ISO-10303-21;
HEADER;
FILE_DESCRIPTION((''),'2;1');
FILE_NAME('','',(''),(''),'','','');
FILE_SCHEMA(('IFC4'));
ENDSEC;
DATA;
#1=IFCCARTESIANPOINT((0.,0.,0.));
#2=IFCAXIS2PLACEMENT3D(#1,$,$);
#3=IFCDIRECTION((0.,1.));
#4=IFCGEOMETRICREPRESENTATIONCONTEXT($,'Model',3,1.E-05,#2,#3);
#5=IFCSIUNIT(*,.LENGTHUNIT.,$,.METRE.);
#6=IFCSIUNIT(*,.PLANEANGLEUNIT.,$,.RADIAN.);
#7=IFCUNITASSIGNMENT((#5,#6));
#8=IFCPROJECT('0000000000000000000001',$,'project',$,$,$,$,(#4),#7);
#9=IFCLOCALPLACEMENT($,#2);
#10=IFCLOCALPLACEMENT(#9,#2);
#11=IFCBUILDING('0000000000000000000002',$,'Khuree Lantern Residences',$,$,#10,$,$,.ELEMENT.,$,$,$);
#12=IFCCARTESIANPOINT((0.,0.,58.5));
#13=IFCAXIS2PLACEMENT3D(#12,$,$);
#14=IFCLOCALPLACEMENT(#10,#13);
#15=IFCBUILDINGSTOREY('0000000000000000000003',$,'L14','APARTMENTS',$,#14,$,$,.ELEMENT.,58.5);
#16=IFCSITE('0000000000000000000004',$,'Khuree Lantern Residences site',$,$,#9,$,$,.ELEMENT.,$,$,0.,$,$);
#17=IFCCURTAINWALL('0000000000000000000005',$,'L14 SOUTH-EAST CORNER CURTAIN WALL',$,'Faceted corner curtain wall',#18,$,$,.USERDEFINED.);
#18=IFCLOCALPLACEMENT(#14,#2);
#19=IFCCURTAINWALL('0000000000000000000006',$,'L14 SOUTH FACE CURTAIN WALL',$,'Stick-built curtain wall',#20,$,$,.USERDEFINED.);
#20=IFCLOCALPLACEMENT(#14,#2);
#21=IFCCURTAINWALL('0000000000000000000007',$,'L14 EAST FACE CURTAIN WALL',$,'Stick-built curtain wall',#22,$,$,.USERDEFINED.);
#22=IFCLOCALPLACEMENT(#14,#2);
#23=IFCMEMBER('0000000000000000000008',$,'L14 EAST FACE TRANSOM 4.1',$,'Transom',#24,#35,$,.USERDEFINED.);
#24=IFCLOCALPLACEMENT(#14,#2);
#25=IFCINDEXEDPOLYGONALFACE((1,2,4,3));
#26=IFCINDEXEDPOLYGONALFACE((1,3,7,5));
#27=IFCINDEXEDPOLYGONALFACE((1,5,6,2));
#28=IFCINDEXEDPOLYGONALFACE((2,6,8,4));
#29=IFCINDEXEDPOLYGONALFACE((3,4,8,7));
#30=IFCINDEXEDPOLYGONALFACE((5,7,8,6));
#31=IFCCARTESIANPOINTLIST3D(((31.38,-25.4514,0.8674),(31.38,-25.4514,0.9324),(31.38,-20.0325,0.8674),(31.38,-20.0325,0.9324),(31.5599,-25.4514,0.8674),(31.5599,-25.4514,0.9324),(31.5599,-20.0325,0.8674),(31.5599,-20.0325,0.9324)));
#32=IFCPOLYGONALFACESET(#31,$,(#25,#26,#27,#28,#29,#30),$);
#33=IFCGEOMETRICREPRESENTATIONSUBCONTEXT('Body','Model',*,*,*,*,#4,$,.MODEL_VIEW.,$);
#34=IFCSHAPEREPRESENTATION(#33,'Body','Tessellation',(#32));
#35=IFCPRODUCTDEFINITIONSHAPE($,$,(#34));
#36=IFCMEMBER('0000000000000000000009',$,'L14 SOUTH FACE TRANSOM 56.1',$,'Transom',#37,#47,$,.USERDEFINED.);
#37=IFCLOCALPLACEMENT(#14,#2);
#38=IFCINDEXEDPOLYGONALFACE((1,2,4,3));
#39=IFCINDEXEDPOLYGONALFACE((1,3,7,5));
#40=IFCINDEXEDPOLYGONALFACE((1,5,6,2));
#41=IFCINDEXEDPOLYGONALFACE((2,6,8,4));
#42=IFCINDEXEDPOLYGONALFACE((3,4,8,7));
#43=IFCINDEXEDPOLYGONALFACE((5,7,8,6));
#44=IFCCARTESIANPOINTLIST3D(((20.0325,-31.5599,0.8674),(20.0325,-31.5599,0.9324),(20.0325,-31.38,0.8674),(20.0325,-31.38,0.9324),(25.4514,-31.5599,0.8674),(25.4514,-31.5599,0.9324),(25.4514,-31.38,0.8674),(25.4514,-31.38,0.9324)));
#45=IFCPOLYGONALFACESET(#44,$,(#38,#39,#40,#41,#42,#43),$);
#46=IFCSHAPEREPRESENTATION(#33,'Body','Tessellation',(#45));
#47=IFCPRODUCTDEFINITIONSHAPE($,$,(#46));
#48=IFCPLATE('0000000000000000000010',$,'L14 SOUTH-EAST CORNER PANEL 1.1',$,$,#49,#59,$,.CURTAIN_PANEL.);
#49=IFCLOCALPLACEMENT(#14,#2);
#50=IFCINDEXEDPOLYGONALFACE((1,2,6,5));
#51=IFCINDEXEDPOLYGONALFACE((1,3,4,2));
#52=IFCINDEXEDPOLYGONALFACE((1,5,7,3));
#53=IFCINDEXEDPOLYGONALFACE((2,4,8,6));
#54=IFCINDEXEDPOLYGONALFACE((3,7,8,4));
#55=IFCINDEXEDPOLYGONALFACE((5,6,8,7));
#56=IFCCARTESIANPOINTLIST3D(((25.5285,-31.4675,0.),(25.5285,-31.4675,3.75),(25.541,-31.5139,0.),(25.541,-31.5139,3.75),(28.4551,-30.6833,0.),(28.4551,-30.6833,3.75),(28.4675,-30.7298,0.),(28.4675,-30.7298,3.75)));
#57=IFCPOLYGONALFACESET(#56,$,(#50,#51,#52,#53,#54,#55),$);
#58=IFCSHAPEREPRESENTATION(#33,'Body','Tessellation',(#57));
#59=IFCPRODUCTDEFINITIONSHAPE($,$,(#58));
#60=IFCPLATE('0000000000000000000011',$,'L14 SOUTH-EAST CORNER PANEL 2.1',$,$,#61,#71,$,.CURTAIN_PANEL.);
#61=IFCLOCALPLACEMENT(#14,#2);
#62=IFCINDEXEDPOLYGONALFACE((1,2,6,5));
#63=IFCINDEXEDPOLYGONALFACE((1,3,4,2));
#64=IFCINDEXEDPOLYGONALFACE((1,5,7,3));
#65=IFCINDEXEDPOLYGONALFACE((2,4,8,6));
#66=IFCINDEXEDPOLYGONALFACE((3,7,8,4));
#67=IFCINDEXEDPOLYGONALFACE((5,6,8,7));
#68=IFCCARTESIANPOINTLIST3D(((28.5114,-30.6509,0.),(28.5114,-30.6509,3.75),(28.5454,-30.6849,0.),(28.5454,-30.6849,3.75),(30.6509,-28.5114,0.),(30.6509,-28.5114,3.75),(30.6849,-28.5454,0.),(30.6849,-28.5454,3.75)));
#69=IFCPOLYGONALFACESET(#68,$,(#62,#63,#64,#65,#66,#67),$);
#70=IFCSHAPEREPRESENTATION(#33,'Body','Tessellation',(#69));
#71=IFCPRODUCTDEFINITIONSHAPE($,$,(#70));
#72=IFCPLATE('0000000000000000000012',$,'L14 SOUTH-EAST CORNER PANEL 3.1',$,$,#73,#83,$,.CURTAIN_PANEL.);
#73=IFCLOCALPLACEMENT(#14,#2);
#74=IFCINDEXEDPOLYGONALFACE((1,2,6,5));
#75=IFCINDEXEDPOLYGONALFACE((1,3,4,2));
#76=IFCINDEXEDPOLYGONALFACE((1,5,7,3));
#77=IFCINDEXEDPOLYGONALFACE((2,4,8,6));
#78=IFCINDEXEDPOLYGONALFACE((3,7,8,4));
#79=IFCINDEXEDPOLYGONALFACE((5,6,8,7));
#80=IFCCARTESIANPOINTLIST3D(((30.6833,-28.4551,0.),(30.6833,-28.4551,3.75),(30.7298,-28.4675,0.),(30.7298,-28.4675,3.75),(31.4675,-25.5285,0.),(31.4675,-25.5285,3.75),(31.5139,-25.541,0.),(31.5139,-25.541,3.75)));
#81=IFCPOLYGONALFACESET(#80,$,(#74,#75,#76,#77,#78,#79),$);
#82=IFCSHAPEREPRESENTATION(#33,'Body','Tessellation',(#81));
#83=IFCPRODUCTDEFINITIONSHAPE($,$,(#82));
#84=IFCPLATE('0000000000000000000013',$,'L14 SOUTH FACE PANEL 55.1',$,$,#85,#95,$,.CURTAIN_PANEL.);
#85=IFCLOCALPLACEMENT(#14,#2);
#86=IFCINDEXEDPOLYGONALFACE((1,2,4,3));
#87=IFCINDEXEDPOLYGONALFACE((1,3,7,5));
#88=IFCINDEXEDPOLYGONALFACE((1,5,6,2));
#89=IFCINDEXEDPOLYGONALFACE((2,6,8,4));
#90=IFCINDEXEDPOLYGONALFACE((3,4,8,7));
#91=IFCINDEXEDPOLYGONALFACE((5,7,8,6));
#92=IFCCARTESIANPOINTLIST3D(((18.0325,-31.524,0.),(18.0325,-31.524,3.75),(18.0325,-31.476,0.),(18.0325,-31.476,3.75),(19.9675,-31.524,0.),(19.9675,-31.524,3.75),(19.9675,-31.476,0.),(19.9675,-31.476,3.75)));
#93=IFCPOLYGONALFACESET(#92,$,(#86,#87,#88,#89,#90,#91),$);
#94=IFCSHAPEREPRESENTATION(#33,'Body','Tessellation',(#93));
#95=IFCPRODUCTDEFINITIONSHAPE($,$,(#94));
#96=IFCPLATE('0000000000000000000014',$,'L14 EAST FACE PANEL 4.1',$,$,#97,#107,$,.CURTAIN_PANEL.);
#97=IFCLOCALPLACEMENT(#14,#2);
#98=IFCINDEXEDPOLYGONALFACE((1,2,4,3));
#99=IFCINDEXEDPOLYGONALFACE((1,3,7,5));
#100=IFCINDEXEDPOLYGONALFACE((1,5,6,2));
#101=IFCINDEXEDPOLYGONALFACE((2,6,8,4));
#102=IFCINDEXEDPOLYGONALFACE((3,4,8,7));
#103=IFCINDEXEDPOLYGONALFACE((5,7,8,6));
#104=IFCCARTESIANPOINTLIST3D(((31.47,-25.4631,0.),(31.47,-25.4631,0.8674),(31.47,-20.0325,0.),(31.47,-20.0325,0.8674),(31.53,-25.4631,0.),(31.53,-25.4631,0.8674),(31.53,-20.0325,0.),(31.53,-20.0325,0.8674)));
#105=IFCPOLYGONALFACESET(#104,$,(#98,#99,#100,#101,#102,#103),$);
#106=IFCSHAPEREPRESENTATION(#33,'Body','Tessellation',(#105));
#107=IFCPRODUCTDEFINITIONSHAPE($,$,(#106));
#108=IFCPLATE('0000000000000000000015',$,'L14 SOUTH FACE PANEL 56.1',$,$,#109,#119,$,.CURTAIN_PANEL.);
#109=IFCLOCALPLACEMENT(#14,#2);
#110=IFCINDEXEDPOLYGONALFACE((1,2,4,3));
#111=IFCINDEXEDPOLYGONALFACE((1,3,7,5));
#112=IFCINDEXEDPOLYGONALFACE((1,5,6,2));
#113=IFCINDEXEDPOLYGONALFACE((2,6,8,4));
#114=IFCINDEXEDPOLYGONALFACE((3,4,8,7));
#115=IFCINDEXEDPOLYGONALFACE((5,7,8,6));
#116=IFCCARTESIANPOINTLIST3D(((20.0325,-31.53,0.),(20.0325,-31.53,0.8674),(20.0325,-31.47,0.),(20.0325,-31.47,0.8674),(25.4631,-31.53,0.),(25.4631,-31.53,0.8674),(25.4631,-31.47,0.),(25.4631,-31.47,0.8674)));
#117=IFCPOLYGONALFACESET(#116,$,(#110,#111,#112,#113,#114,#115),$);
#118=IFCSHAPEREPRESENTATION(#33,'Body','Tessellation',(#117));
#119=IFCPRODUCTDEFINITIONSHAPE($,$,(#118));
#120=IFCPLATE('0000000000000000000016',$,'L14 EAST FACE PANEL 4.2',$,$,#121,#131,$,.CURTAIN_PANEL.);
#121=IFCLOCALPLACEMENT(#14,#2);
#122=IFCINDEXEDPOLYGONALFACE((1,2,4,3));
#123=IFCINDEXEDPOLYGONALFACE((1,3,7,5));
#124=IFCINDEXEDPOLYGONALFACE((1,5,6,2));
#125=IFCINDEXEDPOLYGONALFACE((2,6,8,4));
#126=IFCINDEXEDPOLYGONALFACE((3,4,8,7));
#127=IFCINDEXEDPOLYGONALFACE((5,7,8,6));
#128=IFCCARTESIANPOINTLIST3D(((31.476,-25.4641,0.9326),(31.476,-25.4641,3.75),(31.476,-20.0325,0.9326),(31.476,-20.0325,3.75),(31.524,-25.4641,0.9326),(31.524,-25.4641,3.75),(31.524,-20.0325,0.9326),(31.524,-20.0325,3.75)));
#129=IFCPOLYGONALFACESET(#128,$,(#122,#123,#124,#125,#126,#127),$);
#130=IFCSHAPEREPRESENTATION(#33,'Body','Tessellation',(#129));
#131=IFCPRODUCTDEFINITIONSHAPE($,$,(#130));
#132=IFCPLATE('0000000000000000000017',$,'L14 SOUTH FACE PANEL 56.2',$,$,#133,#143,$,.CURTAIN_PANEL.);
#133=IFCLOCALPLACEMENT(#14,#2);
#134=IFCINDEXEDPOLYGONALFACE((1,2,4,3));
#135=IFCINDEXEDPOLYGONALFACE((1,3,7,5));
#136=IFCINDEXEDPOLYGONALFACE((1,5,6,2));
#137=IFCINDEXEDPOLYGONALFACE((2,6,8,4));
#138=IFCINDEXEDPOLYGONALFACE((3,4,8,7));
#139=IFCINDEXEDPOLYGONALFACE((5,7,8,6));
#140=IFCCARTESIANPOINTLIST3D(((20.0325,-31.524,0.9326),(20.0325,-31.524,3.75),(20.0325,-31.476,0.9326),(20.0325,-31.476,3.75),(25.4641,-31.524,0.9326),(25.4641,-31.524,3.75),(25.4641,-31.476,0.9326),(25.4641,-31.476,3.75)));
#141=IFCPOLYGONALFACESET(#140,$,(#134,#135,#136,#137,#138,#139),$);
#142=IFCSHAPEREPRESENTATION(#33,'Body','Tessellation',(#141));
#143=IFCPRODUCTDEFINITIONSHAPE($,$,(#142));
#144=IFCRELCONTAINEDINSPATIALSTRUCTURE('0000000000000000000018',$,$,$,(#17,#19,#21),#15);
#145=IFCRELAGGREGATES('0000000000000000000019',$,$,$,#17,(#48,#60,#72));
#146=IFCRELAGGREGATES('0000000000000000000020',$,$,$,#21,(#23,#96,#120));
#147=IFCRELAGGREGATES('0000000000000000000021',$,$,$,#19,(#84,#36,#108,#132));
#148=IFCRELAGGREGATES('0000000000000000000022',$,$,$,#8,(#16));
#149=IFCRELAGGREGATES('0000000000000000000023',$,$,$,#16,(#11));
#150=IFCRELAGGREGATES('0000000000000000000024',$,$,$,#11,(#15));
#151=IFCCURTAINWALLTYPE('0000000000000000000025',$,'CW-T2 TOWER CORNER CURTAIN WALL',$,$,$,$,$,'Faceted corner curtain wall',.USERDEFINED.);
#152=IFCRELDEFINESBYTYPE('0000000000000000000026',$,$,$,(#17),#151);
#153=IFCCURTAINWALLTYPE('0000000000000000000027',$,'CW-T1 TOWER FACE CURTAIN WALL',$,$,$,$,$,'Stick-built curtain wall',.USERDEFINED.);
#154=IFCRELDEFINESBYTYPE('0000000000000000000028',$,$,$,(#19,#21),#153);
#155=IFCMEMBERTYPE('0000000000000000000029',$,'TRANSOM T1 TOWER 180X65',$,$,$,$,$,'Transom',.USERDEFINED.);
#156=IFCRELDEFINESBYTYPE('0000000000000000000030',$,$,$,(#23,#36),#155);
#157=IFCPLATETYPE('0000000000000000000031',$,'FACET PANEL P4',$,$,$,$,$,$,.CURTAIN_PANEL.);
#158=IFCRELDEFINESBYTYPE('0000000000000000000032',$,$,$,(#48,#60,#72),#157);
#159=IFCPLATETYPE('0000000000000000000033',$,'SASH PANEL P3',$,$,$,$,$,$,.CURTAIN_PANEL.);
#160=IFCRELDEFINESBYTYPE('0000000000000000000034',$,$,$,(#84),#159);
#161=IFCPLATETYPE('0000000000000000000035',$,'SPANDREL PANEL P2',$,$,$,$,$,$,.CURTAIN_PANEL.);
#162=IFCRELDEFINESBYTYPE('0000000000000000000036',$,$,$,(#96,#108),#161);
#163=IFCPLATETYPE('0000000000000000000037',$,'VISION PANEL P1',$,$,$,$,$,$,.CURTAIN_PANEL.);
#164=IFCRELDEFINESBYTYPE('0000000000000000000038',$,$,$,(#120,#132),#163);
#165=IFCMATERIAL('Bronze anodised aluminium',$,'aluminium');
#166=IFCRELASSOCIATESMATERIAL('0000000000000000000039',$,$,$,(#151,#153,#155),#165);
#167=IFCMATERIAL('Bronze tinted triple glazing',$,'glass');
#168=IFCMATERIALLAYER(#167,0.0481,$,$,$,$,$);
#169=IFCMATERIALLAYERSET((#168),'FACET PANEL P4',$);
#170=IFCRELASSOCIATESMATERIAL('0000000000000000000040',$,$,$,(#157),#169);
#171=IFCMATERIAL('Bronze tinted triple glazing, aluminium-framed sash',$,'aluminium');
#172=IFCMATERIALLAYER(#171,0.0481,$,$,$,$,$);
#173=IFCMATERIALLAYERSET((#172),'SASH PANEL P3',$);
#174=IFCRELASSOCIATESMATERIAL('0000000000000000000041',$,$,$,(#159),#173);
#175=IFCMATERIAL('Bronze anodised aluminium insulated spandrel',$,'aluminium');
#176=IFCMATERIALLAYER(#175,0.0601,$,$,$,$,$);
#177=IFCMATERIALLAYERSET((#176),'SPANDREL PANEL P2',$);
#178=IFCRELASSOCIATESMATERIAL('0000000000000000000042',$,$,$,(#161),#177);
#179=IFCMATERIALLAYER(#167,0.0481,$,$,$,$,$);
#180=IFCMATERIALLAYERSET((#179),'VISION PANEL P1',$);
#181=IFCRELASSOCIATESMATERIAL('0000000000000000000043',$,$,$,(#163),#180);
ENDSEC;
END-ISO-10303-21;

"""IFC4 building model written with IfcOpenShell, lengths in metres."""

from ifc_helpers import new_model, si_unit, direction, frame, origin, origin_2d, place, context, subcontext, project, spatial, rectangle, extrude, material, layer, layer_set, material_profile, profile_set, type_object, element, aggregate, save


model = new_model("IFC4")

# Units and contexts
model_context = context("Model", 3, precision=1e-05, world=origin(), true_north=direction((0.0, 1.0)))
body_context = subcontext(model_context, "Body", "Model", "MODEL_VIEW")
ifc_project = project(units=[si_unit("LENGTHUNIT", "METRE"), si_unit("PLANEANGLEUNIT", "RADIAN")], contexts=[model_context])

# Site, building, storey
site_placement = place(None, origin())
site = spatial("IfcSite", under=ifc_project, at=site_placement, Name="Khuree Lantern Residences site", CompositionType="ELEMENT", RefElevation=0.0)
building_placement = place(site_placement, origin())
building = spatial("IfcBuilding", under=site, at=building_placement, Name="Khuree Lantern Residences", CompositionType="ELEMENT")
storey_placement = place(building_placement, frame((0.0, 0.0, 58.5)))
storey = spatial("IfcBuildingStorey", under=building, at=storey_placement, Name="L14", Description="APARTMENTS", CompositionType="ELEMENT", Elevation=58.5)

# Curtain walls
ifc_material_1 = material(Name="Bronze anodised aluminium", Category="aluminium")
curtain_wall_type_1 = type_object("IfcCurtainWallType", Name="CW-T2 TOWER CORNER CURTAIN WALL", ElementType="Faceted corner curtain wall", PredefinedType="USERDEFINED", material=ifc_material_1)
curtain_wall_1_placement = place(storey_placement, origin())
curtain_wall_1 = element("IfcCurtainWall", 1, at=curtain_wall_1_placement, inside=storey, type_object=curtain_wall_type_1, Name="L14 SOUTH-EAST CORNER CURTAIN WALL", ObjectType="Faceted corner curtain wall", PredefinedType="USERDEFINED")
curtain_wall_type_2 = type_object("IfcCurtainWallType", Name="CW-T1 TOWER FACE CURTAIN WALL", ElementType="Stick-built curtain wall", PredefinedType="USERDEFINED", material=ifc_material_1)
curtain_wall_2_placement = place(storey_placement, origin())
curtain_wall_2 = element("IfcCurtainWall", 2, at=curtain_wall_2_placement, inside=storey, type_object=curtain_wall_type_2, Name="L14 SOUTH FACE CURTAIN WALL", ObjectType="Stick-built curtain wall", PredefinedType="USERDEFINED")

# Curtain wall, member
curtain_wall_3_placement = place(storey_placement, origin())
curtain_wall_3 = element("IfcCurtainWall", 3, at=curtain_wall_3_placement, inside=storey, type_object=curtain_wall_type_2, Name="L14 EAST FACE CURTAIN WALL", ObjectType="Stick-built curtain wall", PredefinedType="USERDEFINED")
ifc_material_profile_1 = material_profile(ifc_material_1, rectangle(XDim=0.1799, YDim=0.0649, at=origin_2d()), Name="T1 180X65")
ifc_profile_set_1 = profile_set([ifc_material_profile_1], Name="Bronze anodised aluminium")
member_type_1 = type_object("IfcMemberType", Name="TRANSOM T1 TOWER 180X65", ElementType="Transom", PredefinedType="USERDEFINED", material=ifc_profile_set_1)
member_1_placement = place(storey_placement, frame((31.47, -25.4514, 0.8999), z_axis=(0.0, 1.0, 0.0), x_axis=(-1.0, 0.0, 0.0)))
member_1 = element("IfcMember", 4, at=member_1_placement, type_object=member_type_1, Name="L14 EAST FACE TRANSOM 4.1", ObjectType="Transom", PredefinedType="USERDEFINED", context=body_context, shape_type="SweptSolid", body=[
    extrude(rectangle(XDim=0.1799, YDim=0.0649, at=origin_2d()), origin(), (0.0, 0.0, 1.0), 5.4189),
])

# Member
member_2_placement = place(storey_placement, frame((20.0325, -31.47, 0.8999), z_axis=(1.0, 0.0, 0.0), x_axis=(0.0, 1.0, 0.0)))
member_2 = element("IfcMember", 5, at=member_2_placement, type_object=member_type_1, Name="L14 SOUTH FACE TRANSOM 56.1", ObjectType="Transom", PredefinedType="USERDEFINED", context=body_context, shape_type="SweptSolid", body=[
    extrude(rectangle(XDim=0.1799, YDim=0.0649, at=origin_2d()), origin(), (0.0, 0.0, 1.0), 5.4189),
])

# Plates
ifc_material_2 = material(Name="Bronze tinted triple glazing", Category="glass")
ifc_layer_1 = layer(ifc_material_2, 0.0481)
ifc_layer_set_1 = layer_set([ifc_layer_1], Name="FACET PANEL P4")
plate_type_1 = type_object("IfcPlateType", Name="FACET PANEL P4", PredefinedType="CURTAIN_PANEL", material=ifc_layer_set_1)
plate_1_placement = place(storey_placement, frame((26.998, -31.0986, 0.0), z_axis=(0.0, 0.0, 1.0), x_axis=(0.965926, 0.258819, 0.0)))
plate_1 = element("IfcPlate", 6, at=plate_1_placement, type_object=plate_type_1, Name="L14 SOUTH-EAST CORNER PANEL 1.1", PredefinedType="CURTAIN_PANEL", context=body_context, shape_type="SweptSolid", body=[
    extrude(rectangle(XDim=3.0298, YDim=0.0481, at=origin_2d()), origin(), (0.0, 0.0, 1.0), 3.75),
])
plate_2_placement = place(storey_placement, frame((29.5981, -29.5981, 0.0), z_axis=(0.0, 0.0, 1.0), x_axis=(0.707107, 0.707107, 0.0)))
plate_2 = element("IfcPlate", 7, at=plate_2_placement, type_object=plate_type_1, Name="L14 SOUTH-EAST CORNER PANEL 2.1", PredefinedType="CURTAIN_PANEL", context=body_context, shape_type="SweptSolid", body=[
    extrude(rectangle(XDim=3.0256, YDim=0.0481, at=origin_2d()), origin(), (0.0, 0.0, 1.0), 3.75),
])
plate_3_placement = place(storey_placement, frame((31.0986, -26.998, 0.0), z_axis=(0.0, 0.0, 1.0), x_axis=(0.258819, 0.965926, 0.0)))
plate_3 = element("IfcPlate", 8, at=plate_3_placement, type_object=plate_type_1, Name="L14 SOUTH-EAST CORNER PANEL 3.1", PredefinedType="CURTAIN_PANEL", context=body_context, shape_type="SweptSolid", body=[
    extrude(rectangle(XDim=3.0298, YDim=0.0481, at=origin_2d()), origin(), (0.0, 0.0, 1.0), 3.75),
])
aggregate(curtain_wall_1, [plate_1, plate_2, plate_3])
ifc_material_3 = material(Name="Bronze tinted triple glazing, aluminium-framed sash", Category="aluminium")
ifc_layer_2 = layer(ifc_material_3, 0.0481)
ifc_layer_set_2 = layer_set([ifc_layer_2], Name="SASH PANEL P3")
plate_type_2 = type_object("IfcPlateType", Name="SASH PANEL P3", PredefinedType="CURTAIN_PANEL", material=ifc_layer_set_2)
plate_4_placement = place(storey_placement, frame((19.0, -31.5, 0.0), z_axis=(0.0, 0.0, 1.0), x_axis=(1.0, 0.0, 0.0)))
plate_4 = element("IfcPlate", 9, at=plate_4_placement, type_object=plate_type_2, Name="L14 SOUTH FACE PANEL 55.1", PredefinedType="CURTAIN_PANEL", context=body_context, shape_type="SweptSolid", body=[
    extrude(rectangle(XDim=1.9351, YDim=0.0481, at=origin_2d()), origin(), (0.0, 0.0, 1.0), 3.75),
])
ifc_material_4 = material(Name="Bronze anodised aluminium insulated spandrel", Category="aluminium")
ifc_layer_3 = layer(ifc_material_4, 0.0601)
ifc_layer_set_3 = layer_set([ifc_layer_3], Name="SPANDREL PANEL P2")
plate_type_3 = type_object("IfcPlateType", Name="SPANDREL PANEL P2", PredefinedType="CURTAIN_PANEL", material=ifc_layer_set_3)
plate_5_placement = place(storey_placement, frame((31.5, -22.7478, 0.0), z_axis=(0.0, 0.0, 1.0), x_axis=(0.0, 1.0, 0.0)))
plate_5 = element("IfcPlate", 10, at=plate_5_placement, type_object=plate_type_3, Name="L14 EAST FACE PANEL 4.1", PredefinedType="CURTAIN_PANEL", context=body_context, shape_type="SweptSolid", body=[
    extrude(rectangle(XDim=5.4307, YDim=0.0601, at=origin_2d()), origin(), (0.0, 0.0, 1.0), 0.8674),
])
plate_6_placement = place(storey_placement, frame((22.7478, -31.5, 0.0), z_axis=(0.0, 0.0, 1.0), x_axis=(1.0, 0.0, 0.0)))
plate_6 = element("IfcPlate", 11, at=plate_6_placement, type_object=plate_type_3, Name="L14 SOUTH FACE PANEL 56.1", PredefinedType="CURTAIN_PANEL", context=body_context, shape_type="SweptSolid", body=[
    extrude(rectangle(XDim=5.4307, YDim=0.0601, at=origin_2d()), origin(), (0.0, 0.0, 1.0), 0.8674),
])
ifc_layer_4 = layer(ifc_material_2, 0.0481)
ifc_layer_set_4 = layer_set([ifc_layer_4], Name="VISION PANEL P1")
plate_type_4 = type_object("IfcPlateType", Name="VISION PANEL P1", PredefinedType="CURTAIN_PANEL", material=ifc_layer_set_4)
plate_7_placement = place(storey_placement, frame((31.5, -22.7483, 0.9326), z_axis=(0.0, 0.0, 1.0), x_axis=(0.0, 1.0, 0.0)))
plate_7 = element("IfcPlate", 12, at=plate_7_placement, type_object=plate_type_4, Name="L14 EAST FACE PANEL 4.2", PredefinedType="CURTAIN_PANEL", context=body_context, shape_type="SweptSolid", body=[
    extrude(rectangle(XDim=5.4316, YDim=0.0481, at=origin_2d()), origin(), (0.0, 0.0, 1.0), 2.8174),
])
aggregate(curtain_wall_3, [member_1, plate_5, plate_7])
plate_8_placement = place(storey_placement, frame((22.7483, -31.5, 0.9326), z_axis=(0.0, 0.0, 1.0), x_axis=(1.0, 0.0, 0.0)))
plate_8 = element("IfcPlate", 13, at=plate_8_placement, type_object=plate_type_4, Name="L14 SOUTH FACE PANEL 56.2", PredefinedType="CURTAIN_PANEL", context=body_context, shape_type="SweptSolid", body=[
    extrude(rectangle(XDim=5.4316, YDim=0.0481, at=origin_2d()), origin(), (0.0, 0.0, 1.0), 2.8174),
])
aggregate(curtain_wall_2, [plate_4, member_2, plate_6, plate_8])

save(model, "model.ifc")
